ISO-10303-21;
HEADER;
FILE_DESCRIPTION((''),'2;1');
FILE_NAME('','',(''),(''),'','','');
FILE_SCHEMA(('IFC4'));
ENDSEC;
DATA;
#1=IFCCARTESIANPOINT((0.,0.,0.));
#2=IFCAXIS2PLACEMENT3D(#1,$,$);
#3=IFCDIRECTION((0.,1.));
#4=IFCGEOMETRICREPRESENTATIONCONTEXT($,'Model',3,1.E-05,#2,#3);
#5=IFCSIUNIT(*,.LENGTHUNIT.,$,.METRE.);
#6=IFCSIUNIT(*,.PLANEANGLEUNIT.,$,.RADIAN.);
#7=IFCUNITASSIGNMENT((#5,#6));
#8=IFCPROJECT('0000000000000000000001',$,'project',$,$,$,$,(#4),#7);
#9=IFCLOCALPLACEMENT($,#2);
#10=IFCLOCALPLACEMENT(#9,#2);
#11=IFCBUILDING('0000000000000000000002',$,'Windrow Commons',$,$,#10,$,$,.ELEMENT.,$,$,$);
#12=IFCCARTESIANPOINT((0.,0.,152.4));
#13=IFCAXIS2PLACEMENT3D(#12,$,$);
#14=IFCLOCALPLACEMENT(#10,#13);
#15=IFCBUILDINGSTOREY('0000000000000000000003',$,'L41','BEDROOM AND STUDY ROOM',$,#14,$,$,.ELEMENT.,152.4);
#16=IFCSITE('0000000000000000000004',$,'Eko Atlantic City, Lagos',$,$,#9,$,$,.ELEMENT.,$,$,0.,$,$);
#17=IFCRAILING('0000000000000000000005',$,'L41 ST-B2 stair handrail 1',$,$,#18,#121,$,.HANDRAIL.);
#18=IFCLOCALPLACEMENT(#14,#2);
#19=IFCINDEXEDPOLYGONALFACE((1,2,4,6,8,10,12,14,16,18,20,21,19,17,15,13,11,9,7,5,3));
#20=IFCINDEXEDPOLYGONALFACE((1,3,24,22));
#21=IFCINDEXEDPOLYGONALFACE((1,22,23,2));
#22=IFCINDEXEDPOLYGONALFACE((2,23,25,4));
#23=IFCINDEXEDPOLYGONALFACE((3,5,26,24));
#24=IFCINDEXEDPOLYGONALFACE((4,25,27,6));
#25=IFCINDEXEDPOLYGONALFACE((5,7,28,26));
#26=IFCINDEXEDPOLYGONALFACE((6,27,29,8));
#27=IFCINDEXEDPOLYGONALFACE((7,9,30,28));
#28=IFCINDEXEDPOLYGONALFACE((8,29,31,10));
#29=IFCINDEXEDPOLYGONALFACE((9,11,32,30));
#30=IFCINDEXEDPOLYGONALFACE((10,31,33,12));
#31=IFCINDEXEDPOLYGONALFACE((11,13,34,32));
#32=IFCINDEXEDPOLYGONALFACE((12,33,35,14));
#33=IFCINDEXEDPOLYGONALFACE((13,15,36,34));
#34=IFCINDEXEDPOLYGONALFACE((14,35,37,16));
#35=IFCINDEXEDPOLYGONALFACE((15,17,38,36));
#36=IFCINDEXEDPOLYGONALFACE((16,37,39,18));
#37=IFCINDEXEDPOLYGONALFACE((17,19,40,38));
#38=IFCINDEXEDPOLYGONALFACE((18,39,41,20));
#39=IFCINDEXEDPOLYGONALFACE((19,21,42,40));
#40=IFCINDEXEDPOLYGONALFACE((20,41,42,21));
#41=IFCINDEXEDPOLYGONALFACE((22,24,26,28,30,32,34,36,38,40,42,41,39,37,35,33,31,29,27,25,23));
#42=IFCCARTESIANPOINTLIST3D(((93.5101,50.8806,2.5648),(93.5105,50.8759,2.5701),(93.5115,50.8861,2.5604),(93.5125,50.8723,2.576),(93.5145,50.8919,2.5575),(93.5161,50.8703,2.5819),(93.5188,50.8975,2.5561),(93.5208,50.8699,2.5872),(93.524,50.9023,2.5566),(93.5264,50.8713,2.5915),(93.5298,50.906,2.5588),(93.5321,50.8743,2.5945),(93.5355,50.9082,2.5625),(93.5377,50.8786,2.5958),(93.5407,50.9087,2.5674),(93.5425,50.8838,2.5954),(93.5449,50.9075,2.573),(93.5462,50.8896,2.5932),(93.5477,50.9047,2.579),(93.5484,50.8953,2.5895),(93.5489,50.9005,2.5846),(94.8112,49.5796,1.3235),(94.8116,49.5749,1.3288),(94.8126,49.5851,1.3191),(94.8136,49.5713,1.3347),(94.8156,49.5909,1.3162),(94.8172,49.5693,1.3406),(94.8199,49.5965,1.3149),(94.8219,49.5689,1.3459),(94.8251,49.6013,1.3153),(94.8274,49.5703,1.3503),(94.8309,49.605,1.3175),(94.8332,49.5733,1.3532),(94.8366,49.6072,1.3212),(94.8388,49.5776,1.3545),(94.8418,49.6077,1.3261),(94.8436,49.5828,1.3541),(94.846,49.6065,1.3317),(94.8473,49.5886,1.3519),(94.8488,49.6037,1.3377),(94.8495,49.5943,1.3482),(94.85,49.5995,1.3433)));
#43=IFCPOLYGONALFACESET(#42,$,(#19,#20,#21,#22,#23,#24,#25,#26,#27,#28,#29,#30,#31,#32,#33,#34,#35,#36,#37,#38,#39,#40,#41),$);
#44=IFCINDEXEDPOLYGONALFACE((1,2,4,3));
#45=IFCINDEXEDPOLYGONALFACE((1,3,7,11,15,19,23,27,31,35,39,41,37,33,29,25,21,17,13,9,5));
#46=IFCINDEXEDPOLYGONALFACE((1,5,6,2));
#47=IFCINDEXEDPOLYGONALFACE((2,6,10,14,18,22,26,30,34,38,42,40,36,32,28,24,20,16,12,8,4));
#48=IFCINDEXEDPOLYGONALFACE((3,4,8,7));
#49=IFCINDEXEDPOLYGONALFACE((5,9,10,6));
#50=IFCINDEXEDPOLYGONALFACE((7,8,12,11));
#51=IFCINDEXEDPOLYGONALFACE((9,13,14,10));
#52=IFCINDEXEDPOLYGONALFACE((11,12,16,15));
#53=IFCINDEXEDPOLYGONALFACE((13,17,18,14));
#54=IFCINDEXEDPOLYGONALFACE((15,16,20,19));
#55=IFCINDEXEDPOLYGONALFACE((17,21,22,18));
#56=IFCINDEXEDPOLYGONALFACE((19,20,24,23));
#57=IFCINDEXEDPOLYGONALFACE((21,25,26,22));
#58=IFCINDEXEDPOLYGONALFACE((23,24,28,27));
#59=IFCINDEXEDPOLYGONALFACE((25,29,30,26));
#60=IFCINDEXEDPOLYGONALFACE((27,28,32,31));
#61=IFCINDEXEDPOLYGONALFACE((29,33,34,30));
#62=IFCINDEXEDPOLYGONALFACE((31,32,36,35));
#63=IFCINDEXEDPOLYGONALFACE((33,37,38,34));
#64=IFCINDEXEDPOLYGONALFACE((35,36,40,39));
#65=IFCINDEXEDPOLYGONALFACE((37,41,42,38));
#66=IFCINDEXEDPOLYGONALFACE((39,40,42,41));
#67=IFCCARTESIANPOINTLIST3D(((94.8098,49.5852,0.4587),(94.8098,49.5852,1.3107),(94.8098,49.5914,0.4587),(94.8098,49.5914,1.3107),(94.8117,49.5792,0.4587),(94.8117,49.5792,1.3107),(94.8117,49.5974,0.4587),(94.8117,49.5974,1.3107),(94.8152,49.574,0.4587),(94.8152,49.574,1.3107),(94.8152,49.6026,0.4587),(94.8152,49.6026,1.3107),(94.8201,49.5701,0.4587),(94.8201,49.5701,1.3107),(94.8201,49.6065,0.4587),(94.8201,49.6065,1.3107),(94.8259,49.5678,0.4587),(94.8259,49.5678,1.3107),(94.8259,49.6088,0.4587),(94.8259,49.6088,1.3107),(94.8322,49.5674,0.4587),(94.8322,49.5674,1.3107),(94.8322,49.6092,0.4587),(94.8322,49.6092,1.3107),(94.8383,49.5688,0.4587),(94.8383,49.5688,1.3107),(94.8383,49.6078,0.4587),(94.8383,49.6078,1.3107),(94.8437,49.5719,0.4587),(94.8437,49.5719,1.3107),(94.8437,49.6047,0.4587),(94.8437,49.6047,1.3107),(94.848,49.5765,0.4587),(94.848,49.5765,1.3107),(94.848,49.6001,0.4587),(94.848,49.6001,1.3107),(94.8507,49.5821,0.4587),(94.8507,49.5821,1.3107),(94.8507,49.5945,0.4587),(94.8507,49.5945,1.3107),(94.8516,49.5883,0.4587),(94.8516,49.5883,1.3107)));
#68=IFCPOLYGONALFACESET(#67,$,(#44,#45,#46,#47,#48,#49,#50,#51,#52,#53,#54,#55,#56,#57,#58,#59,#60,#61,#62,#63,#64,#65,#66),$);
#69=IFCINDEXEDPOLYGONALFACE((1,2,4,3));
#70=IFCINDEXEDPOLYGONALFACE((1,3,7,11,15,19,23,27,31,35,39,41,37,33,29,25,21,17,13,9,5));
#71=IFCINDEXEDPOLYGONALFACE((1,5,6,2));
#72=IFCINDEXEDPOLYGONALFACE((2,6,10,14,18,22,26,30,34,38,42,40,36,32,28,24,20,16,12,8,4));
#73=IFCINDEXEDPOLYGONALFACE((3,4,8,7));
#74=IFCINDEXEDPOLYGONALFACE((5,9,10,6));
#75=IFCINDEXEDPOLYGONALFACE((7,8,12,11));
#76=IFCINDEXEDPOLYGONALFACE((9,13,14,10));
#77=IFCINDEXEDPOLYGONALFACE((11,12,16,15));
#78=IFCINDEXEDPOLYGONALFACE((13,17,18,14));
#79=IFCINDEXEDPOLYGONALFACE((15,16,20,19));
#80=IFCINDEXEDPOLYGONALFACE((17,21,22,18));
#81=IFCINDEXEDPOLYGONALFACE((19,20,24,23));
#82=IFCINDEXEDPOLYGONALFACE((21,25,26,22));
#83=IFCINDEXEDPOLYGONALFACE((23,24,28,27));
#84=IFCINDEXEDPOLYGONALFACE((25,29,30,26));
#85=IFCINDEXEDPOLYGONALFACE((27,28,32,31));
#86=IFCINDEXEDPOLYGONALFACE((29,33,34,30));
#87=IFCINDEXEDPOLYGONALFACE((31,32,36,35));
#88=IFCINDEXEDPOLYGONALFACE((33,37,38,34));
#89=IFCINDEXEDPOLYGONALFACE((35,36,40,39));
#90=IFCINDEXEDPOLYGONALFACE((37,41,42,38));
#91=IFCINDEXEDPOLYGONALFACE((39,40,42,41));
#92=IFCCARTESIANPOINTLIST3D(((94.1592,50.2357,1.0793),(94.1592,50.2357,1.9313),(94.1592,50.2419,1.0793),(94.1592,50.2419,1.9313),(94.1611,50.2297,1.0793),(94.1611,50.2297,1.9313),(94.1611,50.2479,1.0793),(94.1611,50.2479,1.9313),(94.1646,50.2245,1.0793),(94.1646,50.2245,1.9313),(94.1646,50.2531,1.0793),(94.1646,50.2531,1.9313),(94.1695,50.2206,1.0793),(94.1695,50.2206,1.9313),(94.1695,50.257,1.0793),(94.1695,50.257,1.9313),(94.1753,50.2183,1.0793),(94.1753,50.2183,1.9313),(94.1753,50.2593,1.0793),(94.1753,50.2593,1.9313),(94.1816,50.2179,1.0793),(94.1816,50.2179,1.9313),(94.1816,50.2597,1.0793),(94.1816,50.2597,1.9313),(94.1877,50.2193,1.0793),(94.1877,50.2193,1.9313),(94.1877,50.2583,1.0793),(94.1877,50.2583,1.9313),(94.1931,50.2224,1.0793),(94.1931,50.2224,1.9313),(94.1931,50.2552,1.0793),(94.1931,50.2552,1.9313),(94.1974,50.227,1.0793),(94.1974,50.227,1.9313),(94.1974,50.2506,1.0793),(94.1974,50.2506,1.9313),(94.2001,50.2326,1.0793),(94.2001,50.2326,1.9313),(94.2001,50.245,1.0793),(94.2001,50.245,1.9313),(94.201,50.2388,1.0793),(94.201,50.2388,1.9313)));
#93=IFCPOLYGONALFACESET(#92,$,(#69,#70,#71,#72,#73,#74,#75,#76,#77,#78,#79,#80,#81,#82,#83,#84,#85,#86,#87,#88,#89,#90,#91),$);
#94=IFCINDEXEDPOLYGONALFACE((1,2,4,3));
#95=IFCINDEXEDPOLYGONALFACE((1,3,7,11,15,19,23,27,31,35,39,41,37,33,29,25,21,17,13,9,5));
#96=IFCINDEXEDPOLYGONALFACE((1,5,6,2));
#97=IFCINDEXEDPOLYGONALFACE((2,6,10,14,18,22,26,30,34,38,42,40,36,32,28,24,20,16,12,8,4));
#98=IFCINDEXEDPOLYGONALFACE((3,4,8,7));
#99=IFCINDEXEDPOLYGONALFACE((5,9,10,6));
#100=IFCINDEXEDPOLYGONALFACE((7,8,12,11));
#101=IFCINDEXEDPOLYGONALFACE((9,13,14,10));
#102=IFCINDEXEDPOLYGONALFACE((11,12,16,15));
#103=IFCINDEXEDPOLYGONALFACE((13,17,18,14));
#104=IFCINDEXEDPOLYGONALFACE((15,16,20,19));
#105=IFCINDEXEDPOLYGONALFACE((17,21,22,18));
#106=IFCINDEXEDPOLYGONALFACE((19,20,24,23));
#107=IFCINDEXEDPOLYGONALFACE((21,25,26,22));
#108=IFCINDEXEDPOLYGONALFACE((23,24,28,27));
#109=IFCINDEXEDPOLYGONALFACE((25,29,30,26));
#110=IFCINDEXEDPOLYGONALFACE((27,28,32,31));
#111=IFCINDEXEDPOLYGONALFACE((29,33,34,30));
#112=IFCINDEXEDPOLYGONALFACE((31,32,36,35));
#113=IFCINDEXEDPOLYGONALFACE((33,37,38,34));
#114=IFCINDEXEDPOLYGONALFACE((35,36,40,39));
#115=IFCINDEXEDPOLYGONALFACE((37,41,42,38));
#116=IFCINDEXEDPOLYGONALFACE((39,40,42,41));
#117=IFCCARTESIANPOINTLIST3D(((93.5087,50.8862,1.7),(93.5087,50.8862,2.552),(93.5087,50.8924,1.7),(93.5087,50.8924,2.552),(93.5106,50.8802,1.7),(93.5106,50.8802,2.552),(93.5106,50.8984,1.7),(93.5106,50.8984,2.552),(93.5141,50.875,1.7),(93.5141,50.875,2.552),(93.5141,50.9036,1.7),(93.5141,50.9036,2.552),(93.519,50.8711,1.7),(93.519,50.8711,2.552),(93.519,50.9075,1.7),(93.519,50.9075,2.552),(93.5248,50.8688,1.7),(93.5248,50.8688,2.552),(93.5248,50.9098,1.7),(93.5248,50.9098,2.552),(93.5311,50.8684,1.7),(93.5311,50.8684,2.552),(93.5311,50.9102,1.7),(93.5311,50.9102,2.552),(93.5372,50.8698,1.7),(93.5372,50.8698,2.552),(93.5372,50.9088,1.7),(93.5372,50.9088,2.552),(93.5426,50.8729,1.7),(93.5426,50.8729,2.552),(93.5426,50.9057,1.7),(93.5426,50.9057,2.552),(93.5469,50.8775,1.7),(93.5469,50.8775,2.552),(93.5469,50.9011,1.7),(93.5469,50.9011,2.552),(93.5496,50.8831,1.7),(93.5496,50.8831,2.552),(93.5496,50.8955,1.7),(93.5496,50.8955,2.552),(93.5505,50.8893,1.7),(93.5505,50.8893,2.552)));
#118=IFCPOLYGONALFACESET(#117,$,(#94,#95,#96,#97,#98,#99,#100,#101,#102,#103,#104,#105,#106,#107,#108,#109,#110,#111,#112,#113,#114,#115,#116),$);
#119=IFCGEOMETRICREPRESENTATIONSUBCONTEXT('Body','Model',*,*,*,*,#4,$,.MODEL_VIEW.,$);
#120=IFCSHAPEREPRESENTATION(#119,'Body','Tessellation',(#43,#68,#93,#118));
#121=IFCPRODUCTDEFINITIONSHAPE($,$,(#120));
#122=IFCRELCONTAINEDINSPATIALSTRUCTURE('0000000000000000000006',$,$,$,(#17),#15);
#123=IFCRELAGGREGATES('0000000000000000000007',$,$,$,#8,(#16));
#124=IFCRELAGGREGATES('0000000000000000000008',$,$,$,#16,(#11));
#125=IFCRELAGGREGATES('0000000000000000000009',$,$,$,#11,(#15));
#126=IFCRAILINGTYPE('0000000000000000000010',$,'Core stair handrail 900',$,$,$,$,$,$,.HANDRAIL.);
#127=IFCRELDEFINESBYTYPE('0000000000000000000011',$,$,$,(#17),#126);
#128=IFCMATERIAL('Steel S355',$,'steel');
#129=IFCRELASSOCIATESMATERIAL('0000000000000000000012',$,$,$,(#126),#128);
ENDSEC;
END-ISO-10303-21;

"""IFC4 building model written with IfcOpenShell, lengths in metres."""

from ifc_helpers import new_model, si_unit, direction, frame, origin, origin_2d, place, context, subcontext, project, spatial, circle, extrude, material, type_object, element, save


model = new_model("IFC4")

# Units and contexts
model_context = context("Model", 3, precision=1e-05, world=origin(), true_north=direction((0.0, 1.0)))
body_context = subcontext(model_context, "Body", "Model", "MODEL_VIEW")
ifc_project = project(units=[si_unit("LENGTHUNIT", "METRE"), si_unit("PLANEANGLEUNIT", "RADIAN")], contexts=[model_context])

# Site, building, storey
site_placement = place(None, origin())
site = spatial("IfcSite", under=ifc_project, at=site_placement, Name="Eko Atlantic City, Lagos", CompositionType="ELEMENT", RefElevation=0.0)
building_placement = place(site_placement, origin())
building = spatial("IfcBuilding", under=site, at=building_placement, Name="Windrow Commons", CompositionType="ELEMENT")
storey_placement = place(building_placement, frame((0.0, 0.0, 152.4)))
storey = spatial("IfcBuildingStorey", under=building, at=storey_placement, Name="L41", Description="BEDROOM AND STUDY ROOM", CompositionType="ELEMENT", Elevation=152.4)

# Railing
ifc_material_1 = material(Name="Steel S355", Category="steel")
railing_type_1 = type_object("IfcRailingType", Name="Core stair handrail 900", PredefinedType="HANDRAIL", material=ifc_material_1)
railing_1_placement = place(storey_placement, frame((94.8306, 49.5883, 0.4587)))
element("IfcRailing", 1, at=railing_1_placement, inside=storey, type_object=railing_type_1, Name="L41 ST-B2 stair handrail 1", PredefinedType="HANDRAIL", context=body_context, shape_type="SweptSolid", body=[
    extrude(circle(Radius=0.024, at=origin_2d()), frame((0.0, 0.0, 0.876), z_axis=(-0.586207, 0.586162, 0.559264), x_axis=(-0.70708, -0.707134, 0.0)), (0.0, 0.0, 1.0), 2.2195),
    extrude(circle(Radius=0.021, at=origin_2d()), origin(), (0.0, 0.0, 1.0), 0.852),
    extrude(circle(Radius=0.021, at=origin_2d()), frame((-0.6506, 0.6505, 0.6206)), (0.0, 0.0, 1.0), 0.852),
    extrude(circle(Radius=0.021, at=origin_2d()), frame((-1.3011, 1.301, 1.2413)), (0.0, 0.0, 1.0), 0.852),
])

save(model, "model.ifc")
